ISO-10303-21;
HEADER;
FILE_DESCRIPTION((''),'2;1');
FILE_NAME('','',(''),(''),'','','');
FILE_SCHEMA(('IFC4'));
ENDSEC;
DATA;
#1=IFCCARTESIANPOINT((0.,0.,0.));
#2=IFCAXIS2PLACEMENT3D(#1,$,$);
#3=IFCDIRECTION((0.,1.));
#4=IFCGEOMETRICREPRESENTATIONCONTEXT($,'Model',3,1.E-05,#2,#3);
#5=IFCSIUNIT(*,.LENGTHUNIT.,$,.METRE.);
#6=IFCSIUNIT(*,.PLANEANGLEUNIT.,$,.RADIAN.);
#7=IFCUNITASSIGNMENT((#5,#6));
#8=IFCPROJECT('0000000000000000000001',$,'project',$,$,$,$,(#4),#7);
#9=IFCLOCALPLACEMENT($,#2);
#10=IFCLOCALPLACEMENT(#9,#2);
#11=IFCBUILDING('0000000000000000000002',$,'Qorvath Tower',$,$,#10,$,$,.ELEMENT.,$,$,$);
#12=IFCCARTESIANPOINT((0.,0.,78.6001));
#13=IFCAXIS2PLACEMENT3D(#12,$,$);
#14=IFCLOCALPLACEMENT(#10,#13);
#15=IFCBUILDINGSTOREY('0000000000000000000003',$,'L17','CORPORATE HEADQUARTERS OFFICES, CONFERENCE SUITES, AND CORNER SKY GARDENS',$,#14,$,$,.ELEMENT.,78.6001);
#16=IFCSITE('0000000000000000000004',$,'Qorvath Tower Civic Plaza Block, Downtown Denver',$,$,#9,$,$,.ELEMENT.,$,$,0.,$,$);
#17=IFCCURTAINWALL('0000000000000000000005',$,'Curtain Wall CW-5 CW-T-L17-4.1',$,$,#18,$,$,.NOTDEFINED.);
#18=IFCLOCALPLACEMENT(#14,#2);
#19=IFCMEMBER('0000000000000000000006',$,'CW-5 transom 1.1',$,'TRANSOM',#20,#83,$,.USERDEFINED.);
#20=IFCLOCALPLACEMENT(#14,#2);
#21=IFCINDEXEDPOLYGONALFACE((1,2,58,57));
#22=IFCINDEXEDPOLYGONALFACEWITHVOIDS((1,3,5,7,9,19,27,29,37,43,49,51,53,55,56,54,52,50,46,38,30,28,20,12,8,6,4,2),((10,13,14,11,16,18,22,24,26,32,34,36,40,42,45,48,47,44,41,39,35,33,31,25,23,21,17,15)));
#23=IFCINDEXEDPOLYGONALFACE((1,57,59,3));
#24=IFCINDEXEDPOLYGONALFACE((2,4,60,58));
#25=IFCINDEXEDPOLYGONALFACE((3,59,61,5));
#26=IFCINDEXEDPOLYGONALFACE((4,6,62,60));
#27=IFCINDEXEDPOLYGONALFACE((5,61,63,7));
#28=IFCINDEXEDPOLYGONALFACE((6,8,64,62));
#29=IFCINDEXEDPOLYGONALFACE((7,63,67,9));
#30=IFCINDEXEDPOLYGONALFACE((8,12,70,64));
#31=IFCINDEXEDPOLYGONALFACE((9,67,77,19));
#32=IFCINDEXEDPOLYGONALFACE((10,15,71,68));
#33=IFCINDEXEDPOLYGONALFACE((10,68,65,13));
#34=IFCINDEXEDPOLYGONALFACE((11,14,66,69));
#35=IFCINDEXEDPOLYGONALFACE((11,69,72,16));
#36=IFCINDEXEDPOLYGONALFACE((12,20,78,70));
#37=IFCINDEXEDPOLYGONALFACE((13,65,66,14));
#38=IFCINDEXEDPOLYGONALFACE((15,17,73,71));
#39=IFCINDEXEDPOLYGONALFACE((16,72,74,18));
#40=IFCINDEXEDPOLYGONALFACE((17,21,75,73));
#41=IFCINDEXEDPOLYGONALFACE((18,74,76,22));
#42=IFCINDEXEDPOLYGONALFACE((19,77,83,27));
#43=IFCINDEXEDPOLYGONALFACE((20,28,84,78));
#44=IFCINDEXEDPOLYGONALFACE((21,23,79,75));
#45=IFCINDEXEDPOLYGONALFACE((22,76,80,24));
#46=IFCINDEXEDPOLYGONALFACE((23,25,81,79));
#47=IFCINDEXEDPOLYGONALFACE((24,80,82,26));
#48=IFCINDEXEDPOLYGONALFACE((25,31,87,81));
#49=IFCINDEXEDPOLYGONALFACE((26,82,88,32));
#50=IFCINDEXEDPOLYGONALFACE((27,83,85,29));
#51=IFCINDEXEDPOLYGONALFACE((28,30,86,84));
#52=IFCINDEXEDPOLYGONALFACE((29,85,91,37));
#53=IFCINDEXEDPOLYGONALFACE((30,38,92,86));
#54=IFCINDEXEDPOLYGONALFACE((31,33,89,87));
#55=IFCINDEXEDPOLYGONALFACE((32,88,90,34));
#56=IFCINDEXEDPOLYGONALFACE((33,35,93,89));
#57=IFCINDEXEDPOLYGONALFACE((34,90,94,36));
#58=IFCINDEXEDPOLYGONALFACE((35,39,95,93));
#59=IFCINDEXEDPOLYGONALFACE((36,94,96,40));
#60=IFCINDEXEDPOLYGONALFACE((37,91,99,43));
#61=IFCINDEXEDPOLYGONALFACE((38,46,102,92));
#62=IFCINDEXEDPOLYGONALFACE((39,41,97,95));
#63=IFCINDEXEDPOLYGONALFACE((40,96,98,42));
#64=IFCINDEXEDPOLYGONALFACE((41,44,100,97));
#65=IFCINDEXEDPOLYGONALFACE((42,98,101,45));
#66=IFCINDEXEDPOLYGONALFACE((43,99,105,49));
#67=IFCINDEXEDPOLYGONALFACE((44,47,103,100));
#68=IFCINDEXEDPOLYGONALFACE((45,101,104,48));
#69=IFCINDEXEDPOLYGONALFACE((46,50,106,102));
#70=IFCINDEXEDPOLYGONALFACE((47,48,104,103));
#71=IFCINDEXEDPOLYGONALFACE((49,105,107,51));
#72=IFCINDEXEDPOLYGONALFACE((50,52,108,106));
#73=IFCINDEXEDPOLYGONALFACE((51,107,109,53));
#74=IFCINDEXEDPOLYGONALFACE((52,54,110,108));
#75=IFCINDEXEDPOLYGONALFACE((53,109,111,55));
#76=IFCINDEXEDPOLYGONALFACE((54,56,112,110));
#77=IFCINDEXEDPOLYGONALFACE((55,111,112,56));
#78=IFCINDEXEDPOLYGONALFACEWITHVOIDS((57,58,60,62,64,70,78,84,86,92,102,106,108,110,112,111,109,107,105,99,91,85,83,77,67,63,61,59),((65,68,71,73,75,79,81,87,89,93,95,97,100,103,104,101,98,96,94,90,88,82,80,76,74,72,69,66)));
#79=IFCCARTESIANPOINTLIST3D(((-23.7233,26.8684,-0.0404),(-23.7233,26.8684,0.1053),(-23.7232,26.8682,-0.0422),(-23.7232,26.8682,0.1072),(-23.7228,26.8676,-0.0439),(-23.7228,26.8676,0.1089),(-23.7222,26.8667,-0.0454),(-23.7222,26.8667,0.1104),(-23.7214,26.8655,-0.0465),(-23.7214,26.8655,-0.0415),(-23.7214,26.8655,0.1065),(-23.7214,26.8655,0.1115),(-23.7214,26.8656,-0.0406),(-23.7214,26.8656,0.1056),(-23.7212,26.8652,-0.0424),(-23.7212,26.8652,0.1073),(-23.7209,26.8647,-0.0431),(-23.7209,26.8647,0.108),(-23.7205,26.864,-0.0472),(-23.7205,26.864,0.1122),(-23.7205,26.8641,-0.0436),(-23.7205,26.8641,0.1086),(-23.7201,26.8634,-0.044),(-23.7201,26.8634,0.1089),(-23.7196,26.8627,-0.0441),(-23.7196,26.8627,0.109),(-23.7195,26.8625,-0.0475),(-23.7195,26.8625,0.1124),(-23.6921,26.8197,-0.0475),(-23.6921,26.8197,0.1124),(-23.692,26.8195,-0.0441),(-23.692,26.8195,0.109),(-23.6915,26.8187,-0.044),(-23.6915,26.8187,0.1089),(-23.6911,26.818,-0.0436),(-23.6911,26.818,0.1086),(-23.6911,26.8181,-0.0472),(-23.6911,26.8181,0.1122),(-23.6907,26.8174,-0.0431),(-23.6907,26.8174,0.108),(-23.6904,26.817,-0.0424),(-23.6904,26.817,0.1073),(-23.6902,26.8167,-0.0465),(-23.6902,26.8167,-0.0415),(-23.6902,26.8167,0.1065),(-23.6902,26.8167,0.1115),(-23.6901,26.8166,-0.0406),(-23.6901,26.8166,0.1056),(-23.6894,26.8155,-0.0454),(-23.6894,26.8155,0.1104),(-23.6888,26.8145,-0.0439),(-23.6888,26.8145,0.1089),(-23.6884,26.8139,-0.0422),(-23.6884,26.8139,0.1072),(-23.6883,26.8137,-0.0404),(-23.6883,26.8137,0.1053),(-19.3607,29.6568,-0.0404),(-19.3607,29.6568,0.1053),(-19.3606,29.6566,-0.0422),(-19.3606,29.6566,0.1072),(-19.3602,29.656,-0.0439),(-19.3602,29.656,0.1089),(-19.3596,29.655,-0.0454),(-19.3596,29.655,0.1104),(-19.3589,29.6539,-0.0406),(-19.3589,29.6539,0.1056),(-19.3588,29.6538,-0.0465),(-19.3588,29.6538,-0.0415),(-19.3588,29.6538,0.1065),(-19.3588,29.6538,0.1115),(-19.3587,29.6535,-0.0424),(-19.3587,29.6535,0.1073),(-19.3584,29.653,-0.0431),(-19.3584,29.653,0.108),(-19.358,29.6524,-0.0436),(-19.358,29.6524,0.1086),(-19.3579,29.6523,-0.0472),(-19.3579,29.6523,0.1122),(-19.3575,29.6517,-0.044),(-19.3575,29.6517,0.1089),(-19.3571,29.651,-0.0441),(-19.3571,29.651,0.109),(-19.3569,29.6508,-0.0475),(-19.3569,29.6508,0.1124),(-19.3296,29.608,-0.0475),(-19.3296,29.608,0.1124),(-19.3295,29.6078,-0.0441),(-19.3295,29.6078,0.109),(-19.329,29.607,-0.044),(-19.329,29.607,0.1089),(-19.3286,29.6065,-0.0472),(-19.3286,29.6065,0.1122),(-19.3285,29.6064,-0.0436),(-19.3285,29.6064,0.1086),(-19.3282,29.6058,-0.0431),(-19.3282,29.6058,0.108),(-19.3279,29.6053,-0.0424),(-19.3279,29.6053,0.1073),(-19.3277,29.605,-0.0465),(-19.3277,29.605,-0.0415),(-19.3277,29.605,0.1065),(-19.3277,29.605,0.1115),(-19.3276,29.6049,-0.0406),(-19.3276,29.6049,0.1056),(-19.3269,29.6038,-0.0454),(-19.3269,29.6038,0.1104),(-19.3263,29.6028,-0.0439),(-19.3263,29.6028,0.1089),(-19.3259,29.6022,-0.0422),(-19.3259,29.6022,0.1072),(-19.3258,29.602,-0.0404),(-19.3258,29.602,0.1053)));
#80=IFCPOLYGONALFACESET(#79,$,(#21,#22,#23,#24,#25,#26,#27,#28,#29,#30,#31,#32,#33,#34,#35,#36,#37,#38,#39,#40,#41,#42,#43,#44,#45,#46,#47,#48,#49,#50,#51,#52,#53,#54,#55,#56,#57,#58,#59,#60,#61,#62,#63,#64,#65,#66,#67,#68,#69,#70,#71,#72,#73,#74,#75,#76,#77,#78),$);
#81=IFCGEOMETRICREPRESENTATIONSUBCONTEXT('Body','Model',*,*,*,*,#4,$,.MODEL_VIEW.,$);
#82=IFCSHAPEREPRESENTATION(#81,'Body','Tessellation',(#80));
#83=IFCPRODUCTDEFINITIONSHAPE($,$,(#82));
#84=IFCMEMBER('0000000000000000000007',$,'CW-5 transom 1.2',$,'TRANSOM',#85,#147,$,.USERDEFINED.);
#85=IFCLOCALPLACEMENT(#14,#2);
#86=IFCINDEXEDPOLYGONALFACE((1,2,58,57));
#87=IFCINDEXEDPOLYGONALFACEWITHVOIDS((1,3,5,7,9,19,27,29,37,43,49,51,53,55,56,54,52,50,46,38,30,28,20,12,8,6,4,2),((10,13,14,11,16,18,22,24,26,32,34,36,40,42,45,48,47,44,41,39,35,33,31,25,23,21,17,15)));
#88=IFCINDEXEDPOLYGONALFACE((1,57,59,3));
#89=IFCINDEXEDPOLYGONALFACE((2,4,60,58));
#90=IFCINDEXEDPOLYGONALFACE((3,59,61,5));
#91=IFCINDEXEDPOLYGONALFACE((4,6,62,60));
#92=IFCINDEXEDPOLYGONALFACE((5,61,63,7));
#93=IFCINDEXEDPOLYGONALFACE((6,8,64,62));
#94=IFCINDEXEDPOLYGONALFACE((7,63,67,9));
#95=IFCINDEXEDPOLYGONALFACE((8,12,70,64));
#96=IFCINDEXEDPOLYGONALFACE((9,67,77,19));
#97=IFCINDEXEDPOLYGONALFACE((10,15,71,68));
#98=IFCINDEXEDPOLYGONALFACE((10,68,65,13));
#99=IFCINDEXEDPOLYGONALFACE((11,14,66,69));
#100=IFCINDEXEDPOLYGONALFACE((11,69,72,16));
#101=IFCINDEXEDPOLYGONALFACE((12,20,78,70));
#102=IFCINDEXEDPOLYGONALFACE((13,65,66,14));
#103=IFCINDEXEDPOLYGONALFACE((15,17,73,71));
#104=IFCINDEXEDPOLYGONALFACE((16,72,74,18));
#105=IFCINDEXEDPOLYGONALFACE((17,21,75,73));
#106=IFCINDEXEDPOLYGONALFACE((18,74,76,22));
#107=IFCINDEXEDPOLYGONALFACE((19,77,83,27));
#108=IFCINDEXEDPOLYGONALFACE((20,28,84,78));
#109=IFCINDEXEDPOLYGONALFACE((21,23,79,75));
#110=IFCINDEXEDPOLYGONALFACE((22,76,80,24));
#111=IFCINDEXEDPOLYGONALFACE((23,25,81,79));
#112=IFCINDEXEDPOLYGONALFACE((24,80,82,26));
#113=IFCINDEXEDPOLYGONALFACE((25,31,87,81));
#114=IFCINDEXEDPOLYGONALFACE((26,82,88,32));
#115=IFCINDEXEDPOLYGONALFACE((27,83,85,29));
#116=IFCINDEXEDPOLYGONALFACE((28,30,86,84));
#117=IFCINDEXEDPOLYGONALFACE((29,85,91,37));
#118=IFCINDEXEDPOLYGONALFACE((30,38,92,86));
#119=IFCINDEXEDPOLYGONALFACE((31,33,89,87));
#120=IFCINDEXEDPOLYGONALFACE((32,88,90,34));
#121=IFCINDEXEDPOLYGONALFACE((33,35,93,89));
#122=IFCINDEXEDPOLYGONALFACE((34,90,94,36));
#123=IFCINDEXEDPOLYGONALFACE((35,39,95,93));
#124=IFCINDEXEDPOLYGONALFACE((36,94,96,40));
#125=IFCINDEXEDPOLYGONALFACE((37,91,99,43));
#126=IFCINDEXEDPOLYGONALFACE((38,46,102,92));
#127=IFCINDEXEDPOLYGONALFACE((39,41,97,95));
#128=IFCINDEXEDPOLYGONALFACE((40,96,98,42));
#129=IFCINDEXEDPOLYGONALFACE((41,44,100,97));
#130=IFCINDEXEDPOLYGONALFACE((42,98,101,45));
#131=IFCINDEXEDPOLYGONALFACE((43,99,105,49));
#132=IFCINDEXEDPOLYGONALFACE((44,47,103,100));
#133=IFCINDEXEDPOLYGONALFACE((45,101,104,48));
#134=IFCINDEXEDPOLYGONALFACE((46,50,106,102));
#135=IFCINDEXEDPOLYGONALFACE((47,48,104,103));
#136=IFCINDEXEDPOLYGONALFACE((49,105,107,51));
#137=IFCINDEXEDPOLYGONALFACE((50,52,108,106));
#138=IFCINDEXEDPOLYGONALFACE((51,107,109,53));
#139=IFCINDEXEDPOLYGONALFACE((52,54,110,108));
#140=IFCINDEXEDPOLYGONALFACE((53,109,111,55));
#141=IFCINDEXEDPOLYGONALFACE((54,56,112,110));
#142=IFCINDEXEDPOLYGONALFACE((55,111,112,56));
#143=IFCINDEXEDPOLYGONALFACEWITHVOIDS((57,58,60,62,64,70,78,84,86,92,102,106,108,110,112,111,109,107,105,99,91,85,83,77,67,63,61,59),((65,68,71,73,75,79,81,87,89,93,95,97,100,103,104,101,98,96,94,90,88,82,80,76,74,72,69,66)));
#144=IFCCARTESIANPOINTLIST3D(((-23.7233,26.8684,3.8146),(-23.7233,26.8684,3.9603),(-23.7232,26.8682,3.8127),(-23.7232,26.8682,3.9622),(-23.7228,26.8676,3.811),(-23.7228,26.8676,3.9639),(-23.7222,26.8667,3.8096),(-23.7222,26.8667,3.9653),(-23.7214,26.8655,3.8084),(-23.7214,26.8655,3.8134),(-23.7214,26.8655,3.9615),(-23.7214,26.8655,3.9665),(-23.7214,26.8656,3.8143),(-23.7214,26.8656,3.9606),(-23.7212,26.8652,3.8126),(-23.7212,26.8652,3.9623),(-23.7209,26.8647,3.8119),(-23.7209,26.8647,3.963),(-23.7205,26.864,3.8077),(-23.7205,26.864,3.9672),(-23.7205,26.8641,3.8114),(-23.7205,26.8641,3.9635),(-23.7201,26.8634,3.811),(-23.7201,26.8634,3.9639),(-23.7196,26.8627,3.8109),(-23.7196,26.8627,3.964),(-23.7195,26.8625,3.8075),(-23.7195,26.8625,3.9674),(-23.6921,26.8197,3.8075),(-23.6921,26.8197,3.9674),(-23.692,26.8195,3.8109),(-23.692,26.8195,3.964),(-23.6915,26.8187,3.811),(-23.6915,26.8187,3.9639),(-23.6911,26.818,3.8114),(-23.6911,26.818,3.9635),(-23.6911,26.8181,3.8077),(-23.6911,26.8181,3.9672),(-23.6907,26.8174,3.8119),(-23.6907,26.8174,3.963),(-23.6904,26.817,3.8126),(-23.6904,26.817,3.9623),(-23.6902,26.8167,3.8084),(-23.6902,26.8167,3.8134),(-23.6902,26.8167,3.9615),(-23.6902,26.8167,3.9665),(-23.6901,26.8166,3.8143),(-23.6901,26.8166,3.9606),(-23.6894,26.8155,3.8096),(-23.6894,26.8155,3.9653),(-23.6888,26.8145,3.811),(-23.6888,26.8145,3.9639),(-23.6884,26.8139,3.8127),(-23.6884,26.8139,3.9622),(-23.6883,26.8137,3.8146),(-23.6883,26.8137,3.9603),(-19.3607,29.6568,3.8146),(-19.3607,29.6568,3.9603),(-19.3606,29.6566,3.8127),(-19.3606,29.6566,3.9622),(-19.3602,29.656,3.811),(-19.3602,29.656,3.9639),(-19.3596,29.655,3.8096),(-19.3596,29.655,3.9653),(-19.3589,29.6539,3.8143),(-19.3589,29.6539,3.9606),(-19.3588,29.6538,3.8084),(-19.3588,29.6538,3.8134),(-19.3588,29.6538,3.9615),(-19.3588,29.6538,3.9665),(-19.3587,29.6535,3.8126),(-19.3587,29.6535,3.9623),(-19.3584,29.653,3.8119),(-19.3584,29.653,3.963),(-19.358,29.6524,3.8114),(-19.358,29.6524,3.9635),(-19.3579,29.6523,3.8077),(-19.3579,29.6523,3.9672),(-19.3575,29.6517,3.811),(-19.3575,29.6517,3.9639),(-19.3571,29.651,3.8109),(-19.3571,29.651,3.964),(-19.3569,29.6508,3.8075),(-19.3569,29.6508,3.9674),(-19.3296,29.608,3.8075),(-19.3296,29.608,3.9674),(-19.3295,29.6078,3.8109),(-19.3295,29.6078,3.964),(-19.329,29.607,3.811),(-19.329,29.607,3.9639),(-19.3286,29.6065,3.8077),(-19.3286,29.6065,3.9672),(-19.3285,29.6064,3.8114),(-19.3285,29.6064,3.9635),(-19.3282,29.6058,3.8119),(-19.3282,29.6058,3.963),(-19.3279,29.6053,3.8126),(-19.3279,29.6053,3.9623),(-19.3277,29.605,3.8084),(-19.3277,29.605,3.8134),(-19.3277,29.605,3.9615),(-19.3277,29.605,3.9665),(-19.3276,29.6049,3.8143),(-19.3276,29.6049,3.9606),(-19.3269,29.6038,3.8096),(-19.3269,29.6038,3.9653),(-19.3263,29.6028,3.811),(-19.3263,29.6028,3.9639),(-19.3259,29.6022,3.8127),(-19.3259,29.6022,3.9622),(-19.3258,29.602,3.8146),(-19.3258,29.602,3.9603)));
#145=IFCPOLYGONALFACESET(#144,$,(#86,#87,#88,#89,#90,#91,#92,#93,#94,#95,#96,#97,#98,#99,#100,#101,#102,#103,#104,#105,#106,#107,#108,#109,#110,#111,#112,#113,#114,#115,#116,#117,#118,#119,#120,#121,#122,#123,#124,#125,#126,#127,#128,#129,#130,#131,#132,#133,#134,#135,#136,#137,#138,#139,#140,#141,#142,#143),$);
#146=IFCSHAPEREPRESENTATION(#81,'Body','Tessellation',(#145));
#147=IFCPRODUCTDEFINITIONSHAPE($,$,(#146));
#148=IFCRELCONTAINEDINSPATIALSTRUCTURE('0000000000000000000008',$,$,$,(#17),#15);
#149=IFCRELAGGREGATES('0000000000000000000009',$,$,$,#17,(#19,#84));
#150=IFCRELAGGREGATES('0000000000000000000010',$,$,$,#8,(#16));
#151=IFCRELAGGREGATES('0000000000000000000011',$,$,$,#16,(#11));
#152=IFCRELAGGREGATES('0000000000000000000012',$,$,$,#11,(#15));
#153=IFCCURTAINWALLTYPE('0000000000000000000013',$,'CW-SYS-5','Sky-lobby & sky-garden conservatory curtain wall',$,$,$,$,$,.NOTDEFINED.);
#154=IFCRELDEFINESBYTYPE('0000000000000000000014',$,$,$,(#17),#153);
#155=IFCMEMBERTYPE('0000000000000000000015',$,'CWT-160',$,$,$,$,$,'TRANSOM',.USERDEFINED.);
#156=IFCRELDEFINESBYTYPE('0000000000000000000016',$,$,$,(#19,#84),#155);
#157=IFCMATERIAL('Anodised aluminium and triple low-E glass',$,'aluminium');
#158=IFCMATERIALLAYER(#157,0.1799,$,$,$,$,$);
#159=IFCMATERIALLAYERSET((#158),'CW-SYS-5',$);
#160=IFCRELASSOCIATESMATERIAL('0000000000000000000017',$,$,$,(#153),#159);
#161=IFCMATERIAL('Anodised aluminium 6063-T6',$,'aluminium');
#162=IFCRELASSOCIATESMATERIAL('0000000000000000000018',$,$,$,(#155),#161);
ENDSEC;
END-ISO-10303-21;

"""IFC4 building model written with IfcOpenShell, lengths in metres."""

from ifc_helpers import new_model, si_unit, direction, frame, origin, origin_2d, place, context, subcontext, project, spatial, hollow_rectangle, extrude, material, layer, layer_set, material_profile, profile_set, type_object, element, aggregate, save


model = new_model("IFC4")

# Units and contexts
model_context = context("Model", 3, precision=1e-05, world=origin(), true_north=direction((0.0, 1.0)))
body_context = subcontext(model_context, "Body", "Model", "MODEL_VIEW")
ifc_project = project(units=[si_unit("LENGTHUNIT", "METRE"), si_unit("PLANEANGLEUNIT", "RADIAN")], contexts=[model_context])

# Site, building, storey
site_placement = place(None, origin())
site = spatial("IfcSite", under=ifc_project, at=site_placement, Name="Qorvath Tower Civic Plaza Block, Downtown Denver", CompositionType="ELEMENT", RefElevation=0.0)
building_placement = place(site_placement, origin())
building = spatial("IfcBuilding", under=site, at=building_placement, Name="Qorvath Tower", CompositionType="ELEMENT")
storey_placement = place(building_placement, frame((0.0, 0.0, 78.6001)))
storey = spatial("IfcBuildingStorey", under=building, at=storey_placement, Name="L17", Description="CORPORATE HEADQUARTERS OFFICES, CONFERENCE SUITES, AND CORNER SKY GARDENS", CompositionType="ELEMENT", Elevation=78.6001)

# Curtain wall, members
ifc_material_1 = material(Name="Anodised aluminium and triple low-E glass", Category="aluminium")
ifc_layer_1 = layer(ifc_material_1, 0.1799)
ifc_layer_set_1 = layer_set([ifc_layer_1], Name="CW-SYS-5")
curtain_wall_type = type_object("IfcCurtainWallType", Name="CW-SYS-5", Description="Sky-lobby & sky-garden conservatory curtain wall", PredefinedType="NOTDEFINED", material=ifc_layer_set_1)
curtain_wall_placement = place(storey_placement, origin())
curtain_wall = element("IfcCurtainWall", 1, at=curtain_wall_placement, inside=storey, type_object=curtain_wall_type, Name="Curtain Wall CW-5 CW-T-L17-4.1", PredefinedType="NOTDEFINED")
ifc_material_2 = material(Name="Anodised aluminium 6063-T6", Category="aluminium")
ifc_material_profile_1 = material_profile(ifc_material_2, hollow_rectangle(XDim=0.0649, YDim=0.1599, WallThickness=0.0034, InnerFilletRadius=0.0034, OuterFilletRadius=0.0071, at=origin_2d()), Name="CWT 160x65")
ifc_profile_set_1 = profile_set([ifc_material_profile_1], Name="Anodised aluminium 6063-T6")
member_type_1 = type_object("IfcMemberType", Name="CWT-160", ElementType="TRANSOM", PredefinedType="USERDEFINED", material=ifc_profile_set_1)
member_1_placement = place(storey_placement, frame((-19.3433, 29.6294, 0.0325), z_axis=(-0.842596, -0.538546, 0.0), x_axis=(0.538546, -0.842596, 0.0)))
member_1 = element("IfcMember", 2, at=member_1_placement, type_object=member_type_1, Name="CW-5 transom 1.1", ObjectType="TRANSOM", PredefinedType="USERDEFINED", context=body_context, shape_type="SweptSolid", body=[
    extrude(hollow_rectangle(XDim=0.0649, YDim=0.1599, WallThickness=0.0034, InnerFilletRadius=0.0034, OuterFilletRadius=0.0071, at=origin_2d()), origin(), (0.0, 0.0, 1.0), 5.1775),
])
member_2_placement = place(storey_placement, frame((-19.3433, 29.6294, 3.8875), z_axis=(-0.842596, -0.538546, 0.0), x_axis=(0.538546, -0.842596, 0.0)))
member_2 = element("IfcMember", 3, at=member_2_placement, type_object=member_type_1, Name="CW-5 transom 1.2", ObjectType="TRANSOM", PredefinedType="USERDEFINED", context=body_context, shape_type="SweptSolid", body=[
    extrude(hollow_rectangle(XDim=0.0649, YDim=0.1599, WallThickness=0.0034, InnerFilletRadius=0.0034, OuterFilletRadius=0.0071, at=origin_2d()), origin(), (0.0, 0.0, 1.0), 5.1775),
])
aggregate(curtain_wall, [member_1, member_2])

save(model, "model.ifc")
